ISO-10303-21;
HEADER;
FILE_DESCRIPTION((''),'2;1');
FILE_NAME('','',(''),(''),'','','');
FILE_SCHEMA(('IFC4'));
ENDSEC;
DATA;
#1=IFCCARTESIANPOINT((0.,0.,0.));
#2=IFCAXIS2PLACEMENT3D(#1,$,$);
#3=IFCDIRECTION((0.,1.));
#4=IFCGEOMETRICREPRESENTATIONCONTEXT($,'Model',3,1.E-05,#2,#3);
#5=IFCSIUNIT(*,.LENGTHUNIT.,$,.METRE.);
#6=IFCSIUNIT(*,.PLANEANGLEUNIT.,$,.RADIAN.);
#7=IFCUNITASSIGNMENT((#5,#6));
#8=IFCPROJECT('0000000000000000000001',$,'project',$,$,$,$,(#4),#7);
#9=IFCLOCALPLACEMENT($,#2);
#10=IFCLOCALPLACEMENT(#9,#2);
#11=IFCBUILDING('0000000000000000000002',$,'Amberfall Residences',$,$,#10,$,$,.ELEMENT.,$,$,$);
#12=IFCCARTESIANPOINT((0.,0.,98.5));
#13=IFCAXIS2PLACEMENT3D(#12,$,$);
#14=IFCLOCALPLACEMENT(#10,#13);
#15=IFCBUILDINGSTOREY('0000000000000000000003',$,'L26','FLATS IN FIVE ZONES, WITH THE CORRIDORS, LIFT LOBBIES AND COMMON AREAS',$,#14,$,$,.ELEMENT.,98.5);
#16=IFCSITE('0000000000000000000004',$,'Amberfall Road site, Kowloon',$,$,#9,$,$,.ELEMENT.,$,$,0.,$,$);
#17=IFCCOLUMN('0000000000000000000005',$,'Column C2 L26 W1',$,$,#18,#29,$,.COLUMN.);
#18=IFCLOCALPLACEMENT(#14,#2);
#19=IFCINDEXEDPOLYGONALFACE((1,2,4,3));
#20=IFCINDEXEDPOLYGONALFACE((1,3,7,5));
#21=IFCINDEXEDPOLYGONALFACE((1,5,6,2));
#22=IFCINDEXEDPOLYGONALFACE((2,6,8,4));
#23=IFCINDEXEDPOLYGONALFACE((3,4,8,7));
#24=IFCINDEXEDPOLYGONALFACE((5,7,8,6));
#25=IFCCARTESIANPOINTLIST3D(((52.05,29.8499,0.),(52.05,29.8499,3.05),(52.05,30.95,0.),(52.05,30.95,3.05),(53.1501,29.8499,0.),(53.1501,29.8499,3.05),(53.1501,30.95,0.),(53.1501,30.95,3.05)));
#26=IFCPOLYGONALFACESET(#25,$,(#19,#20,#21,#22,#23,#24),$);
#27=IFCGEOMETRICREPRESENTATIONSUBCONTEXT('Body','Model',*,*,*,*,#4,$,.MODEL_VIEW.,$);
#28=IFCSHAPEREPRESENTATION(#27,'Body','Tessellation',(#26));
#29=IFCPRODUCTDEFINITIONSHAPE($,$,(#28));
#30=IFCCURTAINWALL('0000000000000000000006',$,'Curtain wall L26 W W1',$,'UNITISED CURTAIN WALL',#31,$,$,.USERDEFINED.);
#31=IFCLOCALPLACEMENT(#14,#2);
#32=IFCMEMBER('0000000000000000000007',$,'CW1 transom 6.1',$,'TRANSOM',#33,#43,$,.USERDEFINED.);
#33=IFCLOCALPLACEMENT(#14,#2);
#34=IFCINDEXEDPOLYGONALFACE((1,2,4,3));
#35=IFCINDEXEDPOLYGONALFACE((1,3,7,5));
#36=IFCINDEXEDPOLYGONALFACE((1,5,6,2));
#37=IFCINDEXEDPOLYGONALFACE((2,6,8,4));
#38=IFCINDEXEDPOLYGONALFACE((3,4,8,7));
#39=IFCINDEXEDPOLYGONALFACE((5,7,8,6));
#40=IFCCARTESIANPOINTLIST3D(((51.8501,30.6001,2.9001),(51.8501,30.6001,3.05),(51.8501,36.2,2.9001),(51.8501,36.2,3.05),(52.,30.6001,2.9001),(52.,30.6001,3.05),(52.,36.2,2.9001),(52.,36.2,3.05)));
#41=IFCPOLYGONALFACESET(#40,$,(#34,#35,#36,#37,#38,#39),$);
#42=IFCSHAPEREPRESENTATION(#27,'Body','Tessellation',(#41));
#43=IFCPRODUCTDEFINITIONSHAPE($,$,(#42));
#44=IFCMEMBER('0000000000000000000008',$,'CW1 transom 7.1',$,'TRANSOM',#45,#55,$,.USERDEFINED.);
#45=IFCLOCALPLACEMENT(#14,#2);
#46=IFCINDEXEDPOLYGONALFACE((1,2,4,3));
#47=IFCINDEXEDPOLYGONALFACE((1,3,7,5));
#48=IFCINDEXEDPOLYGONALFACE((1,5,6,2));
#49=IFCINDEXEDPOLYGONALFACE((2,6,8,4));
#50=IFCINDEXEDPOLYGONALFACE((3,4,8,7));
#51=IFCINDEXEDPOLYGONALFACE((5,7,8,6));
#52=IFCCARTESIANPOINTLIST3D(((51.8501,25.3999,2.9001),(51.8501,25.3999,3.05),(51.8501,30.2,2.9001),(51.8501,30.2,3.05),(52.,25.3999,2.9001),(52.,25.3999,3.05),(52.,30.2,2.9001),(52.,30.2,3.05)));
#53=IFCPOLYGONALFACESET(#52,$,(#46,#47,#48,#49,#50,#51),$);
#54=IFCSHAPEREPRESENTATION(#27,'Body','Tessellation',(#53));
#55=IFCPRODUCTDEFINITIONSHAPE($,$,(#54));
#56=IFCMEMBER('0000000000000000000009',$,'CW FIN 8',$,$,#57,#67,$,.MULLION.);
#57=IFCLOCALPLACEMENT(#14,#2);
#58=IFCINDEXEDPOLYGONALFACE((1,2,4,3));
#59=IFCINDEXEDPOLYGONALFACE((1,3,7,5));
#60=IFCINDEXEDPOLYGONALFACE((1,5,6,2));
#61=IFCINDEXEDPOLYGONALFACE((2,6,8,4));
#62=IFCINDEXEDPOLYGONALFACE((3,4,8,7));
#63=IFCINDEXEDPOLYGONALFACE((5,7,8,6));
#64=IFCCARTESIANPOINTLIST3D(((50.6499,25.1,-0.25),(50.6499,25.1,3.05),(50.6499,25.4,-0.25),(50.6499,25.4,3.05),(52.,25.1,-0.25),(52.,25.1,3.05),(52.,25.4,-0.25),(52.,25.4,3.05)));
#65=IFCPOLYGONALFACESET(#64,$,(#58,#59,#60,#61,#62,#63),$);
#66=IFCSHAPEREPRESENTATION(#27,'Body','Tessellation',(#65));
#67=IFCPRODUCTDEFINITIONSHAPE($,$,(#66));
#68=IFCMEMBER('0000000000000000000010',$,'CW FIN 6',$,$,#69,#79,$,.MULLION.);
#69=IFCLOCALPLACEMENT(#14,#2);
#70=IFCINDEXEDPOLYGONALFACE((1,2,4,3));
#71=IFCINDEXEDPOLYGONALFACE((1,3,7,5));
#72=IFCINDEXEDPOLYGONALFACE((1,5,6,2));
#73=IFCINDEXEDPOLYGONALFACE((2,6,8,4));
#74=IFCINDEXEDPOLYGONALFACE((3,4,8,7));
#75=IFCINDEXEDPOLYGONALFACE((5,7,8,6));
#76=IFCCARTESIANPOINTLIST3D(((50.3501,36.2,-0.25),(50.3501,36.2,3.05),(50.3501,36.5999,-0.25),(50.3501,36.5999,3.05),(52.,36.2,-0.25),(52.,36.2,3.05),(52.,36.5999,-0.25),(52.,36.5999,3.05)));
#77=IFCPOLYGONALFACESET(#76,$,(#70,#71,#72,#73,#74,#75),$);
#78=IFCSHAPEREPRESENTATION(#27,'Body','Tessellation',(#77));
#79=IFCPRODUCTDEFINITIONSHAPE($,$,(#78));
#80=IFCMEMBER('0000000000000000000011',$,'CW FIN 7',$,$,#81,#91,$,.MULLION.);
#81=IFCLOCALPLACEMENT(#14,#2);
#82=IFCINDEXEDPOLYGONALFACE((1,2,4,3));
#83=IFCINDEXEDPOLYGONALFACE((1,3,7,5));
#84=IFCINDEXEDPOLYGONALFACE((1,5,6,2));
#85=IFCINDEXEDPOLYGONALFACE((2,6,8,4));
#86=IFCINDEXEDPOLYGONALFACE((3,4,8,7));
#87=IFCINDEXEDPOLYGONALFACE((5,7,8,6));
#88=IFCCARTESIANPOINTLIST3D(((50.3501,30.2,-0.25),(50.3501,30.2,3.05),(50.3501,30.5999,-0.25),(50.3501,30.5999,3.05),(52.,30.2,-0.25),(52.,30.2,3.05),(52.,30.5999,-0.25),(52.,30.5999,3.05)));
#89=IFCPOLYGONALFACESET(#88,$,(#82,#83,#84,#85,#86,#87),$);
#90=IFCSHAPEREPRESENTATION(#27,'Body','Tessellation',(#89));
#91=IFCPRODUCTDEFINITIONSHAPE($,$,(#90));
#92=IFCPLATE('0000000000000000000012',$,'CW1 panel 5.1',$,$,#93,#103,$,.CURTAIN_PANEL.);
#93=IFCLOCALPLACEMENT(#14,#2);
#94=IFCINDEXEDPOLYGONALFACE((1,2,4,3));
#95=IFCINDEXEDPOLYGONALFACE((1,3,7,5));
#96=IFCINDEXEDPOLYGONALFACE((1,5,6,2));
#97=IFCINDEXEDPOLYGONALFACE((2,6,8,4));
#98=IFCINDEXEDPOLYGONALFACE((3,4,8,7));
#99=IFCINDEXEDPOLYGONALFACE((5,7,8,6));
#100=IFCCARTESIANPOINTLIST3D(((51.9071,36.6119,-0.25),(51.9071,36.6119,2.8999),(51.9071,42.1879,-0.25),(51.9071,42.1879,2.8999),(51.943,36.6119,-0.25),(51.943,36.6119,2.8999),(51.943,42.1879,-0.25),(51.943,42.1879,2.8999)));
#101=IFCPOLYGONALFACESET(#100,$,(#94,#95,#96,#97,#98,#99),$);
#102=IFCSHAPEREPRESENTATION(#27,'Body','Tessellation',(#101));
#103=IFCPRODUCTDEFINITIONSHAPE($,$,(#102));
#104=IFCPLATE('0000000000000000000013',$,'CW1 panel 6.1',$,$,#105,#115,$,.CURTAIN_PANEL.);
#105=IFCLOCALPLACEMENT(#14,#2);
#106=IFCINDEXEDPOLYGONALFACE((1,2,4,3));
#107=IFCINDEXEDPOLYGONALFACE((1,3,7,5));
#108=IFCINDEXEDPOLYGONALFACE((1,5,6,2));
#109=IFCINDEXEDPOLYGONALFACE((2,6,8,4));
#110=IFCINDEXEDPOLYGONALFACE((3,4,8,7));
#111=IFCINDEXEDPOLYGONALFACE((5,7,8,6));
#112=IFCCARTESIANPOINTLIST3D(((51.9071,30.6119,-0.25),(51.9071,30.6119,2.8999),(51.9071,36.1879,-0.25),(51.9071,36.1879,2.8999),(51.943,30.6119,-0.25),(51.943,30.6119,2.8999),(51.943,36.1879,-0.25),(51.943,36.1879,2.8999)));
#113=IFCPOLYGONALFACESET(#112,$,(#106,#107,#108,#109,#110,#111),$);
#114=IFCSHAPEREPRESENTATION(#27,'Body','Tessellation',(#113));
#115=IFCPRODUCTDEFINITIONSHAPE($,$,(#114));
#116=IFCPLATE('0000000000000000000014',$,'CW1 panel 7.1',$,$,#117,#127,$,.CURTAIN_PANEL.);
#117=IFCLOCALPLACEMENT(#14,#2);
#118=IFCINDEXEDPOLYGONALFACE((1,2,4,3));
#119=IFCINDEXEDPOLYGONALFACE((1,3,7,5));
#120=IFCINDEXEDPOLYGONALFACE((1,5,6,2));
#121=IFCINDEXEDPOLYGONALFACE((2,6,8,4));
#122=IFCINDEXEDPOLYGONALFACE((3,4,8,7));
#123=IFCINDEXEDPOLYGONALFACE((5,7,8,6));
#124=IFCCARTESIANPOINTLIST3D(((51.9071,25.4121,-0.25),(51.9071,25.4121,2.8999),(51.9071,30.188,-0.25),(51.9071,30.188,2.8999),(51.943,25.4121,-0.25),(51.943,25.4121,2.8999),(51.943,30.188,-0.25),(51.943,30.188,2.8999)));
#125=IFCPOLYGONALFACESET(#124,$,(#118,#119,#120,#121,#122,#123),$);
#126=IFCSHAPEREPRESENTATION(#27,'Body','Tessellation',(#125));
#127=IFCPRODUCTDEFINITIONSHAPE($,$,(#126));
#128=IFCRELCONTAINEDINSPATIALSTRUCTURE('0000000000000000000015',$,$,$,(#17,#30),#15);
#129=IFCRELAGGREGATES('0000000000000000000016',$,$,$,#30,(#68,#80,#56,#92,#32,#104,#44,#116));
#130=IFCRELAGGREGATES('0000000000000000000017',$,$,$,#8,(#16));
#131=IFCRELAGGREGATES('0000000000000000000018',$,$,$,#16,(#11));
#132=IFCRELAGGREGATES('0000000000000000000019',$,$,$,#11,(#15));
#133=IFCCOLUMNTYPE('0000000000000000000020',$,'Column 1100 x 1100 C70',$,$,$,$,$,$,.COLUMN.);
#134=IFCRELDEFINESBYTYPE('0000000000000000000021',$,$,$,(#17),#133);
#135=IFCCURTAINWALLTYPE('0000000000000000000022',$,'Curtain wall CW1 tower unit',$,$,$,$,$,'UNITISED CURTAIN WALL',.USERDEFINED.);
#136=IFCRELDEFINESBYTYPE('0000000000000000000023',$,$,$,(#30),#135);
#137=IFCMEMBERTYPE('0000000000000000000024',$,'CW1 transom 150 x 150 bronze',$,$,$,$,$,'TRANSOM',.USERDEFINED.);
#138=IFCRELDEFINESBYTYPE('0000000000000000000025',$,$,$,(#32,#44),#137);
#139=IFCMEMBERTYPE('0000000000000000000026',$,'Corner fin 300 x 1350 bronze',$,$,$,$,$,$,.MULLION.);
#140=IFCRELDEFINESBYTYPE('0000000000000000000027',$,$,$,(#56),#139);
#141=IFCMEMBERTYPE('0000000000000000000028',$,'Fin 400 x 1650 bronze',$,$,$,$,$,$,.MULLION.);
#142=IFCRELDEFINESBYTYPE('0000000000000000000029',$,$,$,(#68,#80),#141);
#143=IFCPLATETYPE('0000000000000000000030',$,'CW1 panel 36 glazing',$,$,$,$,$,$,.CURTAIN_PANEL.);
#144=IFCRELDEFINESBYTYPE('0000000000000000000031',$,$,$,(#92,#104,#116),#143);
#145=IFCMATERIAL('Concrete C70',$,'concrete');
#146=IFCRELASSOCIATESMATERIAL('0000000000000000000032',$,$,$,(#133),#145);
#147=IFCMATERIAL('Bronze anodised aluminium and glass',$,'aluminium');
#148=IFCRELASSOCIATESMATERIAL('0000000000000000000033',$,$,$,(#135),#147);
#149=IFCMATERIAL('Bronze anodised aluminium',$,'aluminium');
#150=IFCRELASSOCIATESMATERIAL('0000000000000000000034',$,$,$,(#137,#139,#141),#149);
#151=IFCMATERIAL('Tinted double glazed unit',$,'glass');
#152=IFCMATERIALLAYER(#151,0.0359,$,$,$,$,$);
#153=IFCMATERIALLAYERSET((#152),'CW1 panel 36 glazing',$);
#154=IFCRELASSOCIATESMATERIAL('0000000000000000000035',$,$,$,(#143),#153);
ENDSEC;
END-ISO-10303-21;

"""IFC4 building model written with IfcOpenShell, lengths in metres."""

from ifc_helpers import new_model, si_unit, direction, frame, origin, origin_2d, place, context, subcontext, project, spatial, rectangle, extrude, material, layer, layer_set, material_profile, profile_set, type_object, element, aggregate, save


model = new_model("IFC4")

# Units and contexts
model_context = context("Model", 3, precision=1e-05, world=origin(), true_north=direction((0.0, 1.0)))
body_context = subcontext(model_context, "Body", "Model", "MODEL_VIEW")
ifc_project = project(units=[si_unit("LENGTHUNIT", "METRE"), si_unit("PLANEANGLEUNIT", "RADIAN")], contexts=[model_context])

# Site, building, storey
site_placement = place(None, origin())
site = spatial("IfcSite", under=ifc_project, at=site_placement, Name="Amberfall Road site, Kowloon", CompositionType="ELEMENT", RefElevation=0.0)
building_placement = place(site_placement, origin())
building = spatial("IfcBuilding", under=site, at=building_placement, Name="Amberfall Residences", CompositionType="ELEMENT")
storey_placement = place(building_placement, frame((0.0, 0.0, 98.5)))
storey = spatial("IfcBuildingStorey", under=building, at=storey_placement, Name="L26", Description="FLATS IN FIVE ZONES, WITH THE CORRIDORS, LIFT LOBBIES AND COMMON AREAS", CompositionType="ELEMENT", Elevation=98.5)

# Column
ifc_material_1 = material(Name="Concrete C70", Category="concrete")
ifc_material_profile_1 = material_profile(ifc_material_1, rectangle(XDim=1.1001, YDim=1.1001, at=origin_2d()), Name="Column 1100 x 1100 C70")
ifc_profile_set_1 = profile_set([ifc_material_profile_1], Name="Concrete C70")
column_type = type_object("IfcColumnType", Name="Column 1100 x 1100 C70", PredefinedType="COLUMN", material=ifc_profile_set_1)
column_placement = place(storey_placement, frame((52.6001, 30.3999, 0.0), z_axis=(0.0, 0.0, 1.0), x_axis=(1.0, 0.0, 0.0)))
element("IfcColumn", 1, at=column_placement, inside=storey, type_object=column_type, Name="Column C2 L26 W1", PredefinedType="COLUMN", context=body_context, shape_type="SweptSolid", body=[
    extrude(rectangle(XDim=1.1001, YDim=1.1001, at=origin_2d()), origin(), (0.0, 0.0, 1.0), 3.05),
])

# Curtain wall, members, plates
ifc_material_2 = material(Name="Bronze anodised aluminium and glass", Category="aluminium")
curtain_wall_type = type_object("IfcCurtainWallType", Name="Curtain wall CW1 tower unit", ElementType="UNITISED CURTAIN WALL", PredefinedType="USERDEFINED", material=ifc_material_2)
curtain_wall_placement = place(storey_placement, origin())
curtain_wall = element("IfcCurtainWall", 2, at=curtain_wall_placement, inside=storey, type_object=curtain_wall_type, Name="Curtain wall L26 W W1", ObjectType="UNITISED CURTAIN WALL", PredefinedType="USERDEFINED")
ifc_material_3 = material(Name="Bronze anodised aluminium", Category="aluminium")
ifc_material_profile_2 = material_profile(ifc_material_3, rectangle(XDim=0.1499, YDim=0.1499, at=origin_2d()), Name="CW1 transom 150 x 150 bronze")
ifc_profile_set_2 = profile_set([ifc_material_profile_2], Name="Bronze anodised aluminium")
member_type_1 = type_object("IfcMemberType", Name="CW1 transom 150 x 150 bronze", ElementType="TRANSOM", PredefinedType="USERDEFINED", material=ifc_profile_set_2)
member_1_placement = place(storey_placement, frame((51.925, 36.2, 2.9751), z_axis=(0.0, -1.0, 0.0), x_axis=(1.0, 0.0, 0.0)))
member_1 = element("IfcMember", 3, at=member_1_placement, type_object=member_type_1, Name="CW1 transom 6.1", ObjectType="TRANSOM", PredefinedType="USERDEFINED", context=body_context, shape_type="SweptSolid", body=[
    extrude(rectangle(XDim=0.1499, YDim=0.1499, at=origin_2d()), origin(), (0.0, 0.0, 1.0), 5.5999),
])
member_2_placement = place(storey_placement, frame((51.925, 30.2, 2.9751), z_axis=(0.0, -1.0, 0.0), x_axis=(1.0, 0.0, 0.0)))
member_2 = element("IfcMember", 4, at=member_2_placement, type_object=member_type_1, Name="CW1 transom 7.1", ObjectType="TRANSOM", PredefinedType="USERDEFINED", context=body_context, shape_type="SweptSolid", body=[
    extrude(rectangle(XDim=0.1499, YDim=0.1499, at=origin_2d()), origin(), (0.0, 0.0, 1.0), 4.8),
])
ifc_material_profile_3 = material_profile(ifc_material_3, rectangle(XDim=1.3501, YDim=0.3, at=origin_2d()), Name="Corner fin 300 x 1350 bronze")
ifc_profile_set_3 = profile_set([ifc_material_profile_3], Name="Bronze anodised aluminium")
member_type_2 = type_object("IfcMemberType", Name="Corner fin 300 x 1350 bronze", PredefinedType="MULLION", material=ifc_profile_set_3)
member_3_placement = place(storey_placement, frame((51.325, 25.25, -0.25), z_axis=(0.0, 0.0, 1.0), x_axis=(1.0, 0.0, 0.0)))
member_3 = element("IfcMember", 5, at=member_3_placement, type_object=member_type_2, Name="CW FIN 8", PredefinedType="MULLION", context=body_context, shape_type="SweptSolid", body=[
    extrude(rectangle(XDim=1.3501, YDim=0.3, at=origin_2d()), origin(), (0.0, 0.0, 1.0), 3.3),
])
ifc_material_profile_4 = material_profile(ifc_material_3, rectangle(XDim=1.6499, YDim=0.3999, at=origin_2d()), Name="Fin 400 x 1650 bronze")
ifc_profile_set_4 = profile_set([ifc_material_profile_4], Name="Bronze anodised aluminium")
member_type_3 = type_object("IfcMemberType", Name="Fin 400 x 1650 bronze", PredefinedType="MULLION", material=ifc_profile_set_4)
member_4_placement = place(storey_placement, frame((51.175, 36.3999, -0.25), z_axis=(0.0, 0.0, 1.0), x_axis=(1.0, 0.0, 0.0)))
member_4 = element("IfcMember", 6, at=member_4_placement, type_object=member_type_3, Name="CW FIN 6", PredefinedType="MULLION", context=body_context, shape_type="SweptSolid", body=[
    extrude(rectangle(XDim=1.6499, YDim=0.3999, at=origin_2d()), origin(), (0.0, 0.0, 1.0), 3.3),
])
member_5_placement = place(storey_placement, frame((51.175, 30.3999, -0.25), z_axis=(0.0, 0.0, 1.0), x_axis=(1.0, 0.0, 0.0)))
member_5 = element("IfcMember", 7, at=member_5_placement, type_object=member_type_3, Name="CW FIN 7", PredefinedType="MULLION", context=body_context, shape_type="SweptSolid", body=[
    extrude(rectangle(XDim=1.6499, YDim=0.3999, at=origin_2d()), origin(), (0.0, 0.0, 1.0), 3.3),
])
ifc_material_4 = material(Name="Tinted double glazed unit", Category="glass")
ifc_layer_1 = layer(ifc_material_4, 0.0359)
ifc_layer_set_1 = layer_set([ifc_layer_1], Name="CW1 panel 36 glazing")
plate_type = type_object("IfcPlateType", Name="CW1 panel 36 glazing", PredefinedType="CURTAIN_PANEL", material=ifc_layer_set_1)
plate_1_placement = place(storey_placement, frame((51.925, 39.3999, -0.25), z_axis=(0.0, 0.0, 1.0), x_axis=(0.0, -1.0, 0.0)))
plate_1 = element("IfcPlate", 8, at=plate_1_placement, type_object=plate_type, Name="CW1 panel 5.1", PredefinedType="CURTAIN_PANEL", context=body_context, shape_type="SweptSolid", body=[
    extrude(rectangle(XDim=5.5759, YDim=0.0359, at=origin_2d()), origin(), (0.0, 0.0, 1.0), 3.1499),
])
plate_2_placement = place(storey_placement, frame((51.925, 33.3999, -0.25), z_axis=(0.0, 0.0, 1.0), x_axis=(0.0, -1.0, 0.0)))
plate_2 = element("IfcPlate", 9, at=plate_2_placement, type_object=plate_type, Name="CW1 panel 6.1", PredefinedType="CURTAIN_PANEL", context=body_context, shape_type="SweptSolid", body=[
    extrude(rectangle(XDim=5.5759, YDim=0.0359, at=origin_2d()), origin(), (0.0, 0.0, 1.0), 3.1499),
])
plate_3_placement = place(storey_placement, frame((51.925, 27.8, -0.25), z_axis=(0.0, 0.0, 1.0), x_axis=(0.0, -1.0, 0.0)))
plate_3 = element("IfcPlate", 10, at=plate_3_placement, type_object=plate_type, Name="CW1 panel 7.1", PredefinedType="CURTAIN_PANEL", context=body_context, shape_type="SweptSolid", body=[
    extrude(rectangle(XDim=4.7759, YDim=0.0359, at=origin_2d()), origin(), (0.0, 0.0, 1.0), 3.1499),
])
aggregate(curtain_wall, [member_4, member_5, member_3, plate_1, member_1, plate_2, member_2, plate_3])

save(model, "model.ifc")
